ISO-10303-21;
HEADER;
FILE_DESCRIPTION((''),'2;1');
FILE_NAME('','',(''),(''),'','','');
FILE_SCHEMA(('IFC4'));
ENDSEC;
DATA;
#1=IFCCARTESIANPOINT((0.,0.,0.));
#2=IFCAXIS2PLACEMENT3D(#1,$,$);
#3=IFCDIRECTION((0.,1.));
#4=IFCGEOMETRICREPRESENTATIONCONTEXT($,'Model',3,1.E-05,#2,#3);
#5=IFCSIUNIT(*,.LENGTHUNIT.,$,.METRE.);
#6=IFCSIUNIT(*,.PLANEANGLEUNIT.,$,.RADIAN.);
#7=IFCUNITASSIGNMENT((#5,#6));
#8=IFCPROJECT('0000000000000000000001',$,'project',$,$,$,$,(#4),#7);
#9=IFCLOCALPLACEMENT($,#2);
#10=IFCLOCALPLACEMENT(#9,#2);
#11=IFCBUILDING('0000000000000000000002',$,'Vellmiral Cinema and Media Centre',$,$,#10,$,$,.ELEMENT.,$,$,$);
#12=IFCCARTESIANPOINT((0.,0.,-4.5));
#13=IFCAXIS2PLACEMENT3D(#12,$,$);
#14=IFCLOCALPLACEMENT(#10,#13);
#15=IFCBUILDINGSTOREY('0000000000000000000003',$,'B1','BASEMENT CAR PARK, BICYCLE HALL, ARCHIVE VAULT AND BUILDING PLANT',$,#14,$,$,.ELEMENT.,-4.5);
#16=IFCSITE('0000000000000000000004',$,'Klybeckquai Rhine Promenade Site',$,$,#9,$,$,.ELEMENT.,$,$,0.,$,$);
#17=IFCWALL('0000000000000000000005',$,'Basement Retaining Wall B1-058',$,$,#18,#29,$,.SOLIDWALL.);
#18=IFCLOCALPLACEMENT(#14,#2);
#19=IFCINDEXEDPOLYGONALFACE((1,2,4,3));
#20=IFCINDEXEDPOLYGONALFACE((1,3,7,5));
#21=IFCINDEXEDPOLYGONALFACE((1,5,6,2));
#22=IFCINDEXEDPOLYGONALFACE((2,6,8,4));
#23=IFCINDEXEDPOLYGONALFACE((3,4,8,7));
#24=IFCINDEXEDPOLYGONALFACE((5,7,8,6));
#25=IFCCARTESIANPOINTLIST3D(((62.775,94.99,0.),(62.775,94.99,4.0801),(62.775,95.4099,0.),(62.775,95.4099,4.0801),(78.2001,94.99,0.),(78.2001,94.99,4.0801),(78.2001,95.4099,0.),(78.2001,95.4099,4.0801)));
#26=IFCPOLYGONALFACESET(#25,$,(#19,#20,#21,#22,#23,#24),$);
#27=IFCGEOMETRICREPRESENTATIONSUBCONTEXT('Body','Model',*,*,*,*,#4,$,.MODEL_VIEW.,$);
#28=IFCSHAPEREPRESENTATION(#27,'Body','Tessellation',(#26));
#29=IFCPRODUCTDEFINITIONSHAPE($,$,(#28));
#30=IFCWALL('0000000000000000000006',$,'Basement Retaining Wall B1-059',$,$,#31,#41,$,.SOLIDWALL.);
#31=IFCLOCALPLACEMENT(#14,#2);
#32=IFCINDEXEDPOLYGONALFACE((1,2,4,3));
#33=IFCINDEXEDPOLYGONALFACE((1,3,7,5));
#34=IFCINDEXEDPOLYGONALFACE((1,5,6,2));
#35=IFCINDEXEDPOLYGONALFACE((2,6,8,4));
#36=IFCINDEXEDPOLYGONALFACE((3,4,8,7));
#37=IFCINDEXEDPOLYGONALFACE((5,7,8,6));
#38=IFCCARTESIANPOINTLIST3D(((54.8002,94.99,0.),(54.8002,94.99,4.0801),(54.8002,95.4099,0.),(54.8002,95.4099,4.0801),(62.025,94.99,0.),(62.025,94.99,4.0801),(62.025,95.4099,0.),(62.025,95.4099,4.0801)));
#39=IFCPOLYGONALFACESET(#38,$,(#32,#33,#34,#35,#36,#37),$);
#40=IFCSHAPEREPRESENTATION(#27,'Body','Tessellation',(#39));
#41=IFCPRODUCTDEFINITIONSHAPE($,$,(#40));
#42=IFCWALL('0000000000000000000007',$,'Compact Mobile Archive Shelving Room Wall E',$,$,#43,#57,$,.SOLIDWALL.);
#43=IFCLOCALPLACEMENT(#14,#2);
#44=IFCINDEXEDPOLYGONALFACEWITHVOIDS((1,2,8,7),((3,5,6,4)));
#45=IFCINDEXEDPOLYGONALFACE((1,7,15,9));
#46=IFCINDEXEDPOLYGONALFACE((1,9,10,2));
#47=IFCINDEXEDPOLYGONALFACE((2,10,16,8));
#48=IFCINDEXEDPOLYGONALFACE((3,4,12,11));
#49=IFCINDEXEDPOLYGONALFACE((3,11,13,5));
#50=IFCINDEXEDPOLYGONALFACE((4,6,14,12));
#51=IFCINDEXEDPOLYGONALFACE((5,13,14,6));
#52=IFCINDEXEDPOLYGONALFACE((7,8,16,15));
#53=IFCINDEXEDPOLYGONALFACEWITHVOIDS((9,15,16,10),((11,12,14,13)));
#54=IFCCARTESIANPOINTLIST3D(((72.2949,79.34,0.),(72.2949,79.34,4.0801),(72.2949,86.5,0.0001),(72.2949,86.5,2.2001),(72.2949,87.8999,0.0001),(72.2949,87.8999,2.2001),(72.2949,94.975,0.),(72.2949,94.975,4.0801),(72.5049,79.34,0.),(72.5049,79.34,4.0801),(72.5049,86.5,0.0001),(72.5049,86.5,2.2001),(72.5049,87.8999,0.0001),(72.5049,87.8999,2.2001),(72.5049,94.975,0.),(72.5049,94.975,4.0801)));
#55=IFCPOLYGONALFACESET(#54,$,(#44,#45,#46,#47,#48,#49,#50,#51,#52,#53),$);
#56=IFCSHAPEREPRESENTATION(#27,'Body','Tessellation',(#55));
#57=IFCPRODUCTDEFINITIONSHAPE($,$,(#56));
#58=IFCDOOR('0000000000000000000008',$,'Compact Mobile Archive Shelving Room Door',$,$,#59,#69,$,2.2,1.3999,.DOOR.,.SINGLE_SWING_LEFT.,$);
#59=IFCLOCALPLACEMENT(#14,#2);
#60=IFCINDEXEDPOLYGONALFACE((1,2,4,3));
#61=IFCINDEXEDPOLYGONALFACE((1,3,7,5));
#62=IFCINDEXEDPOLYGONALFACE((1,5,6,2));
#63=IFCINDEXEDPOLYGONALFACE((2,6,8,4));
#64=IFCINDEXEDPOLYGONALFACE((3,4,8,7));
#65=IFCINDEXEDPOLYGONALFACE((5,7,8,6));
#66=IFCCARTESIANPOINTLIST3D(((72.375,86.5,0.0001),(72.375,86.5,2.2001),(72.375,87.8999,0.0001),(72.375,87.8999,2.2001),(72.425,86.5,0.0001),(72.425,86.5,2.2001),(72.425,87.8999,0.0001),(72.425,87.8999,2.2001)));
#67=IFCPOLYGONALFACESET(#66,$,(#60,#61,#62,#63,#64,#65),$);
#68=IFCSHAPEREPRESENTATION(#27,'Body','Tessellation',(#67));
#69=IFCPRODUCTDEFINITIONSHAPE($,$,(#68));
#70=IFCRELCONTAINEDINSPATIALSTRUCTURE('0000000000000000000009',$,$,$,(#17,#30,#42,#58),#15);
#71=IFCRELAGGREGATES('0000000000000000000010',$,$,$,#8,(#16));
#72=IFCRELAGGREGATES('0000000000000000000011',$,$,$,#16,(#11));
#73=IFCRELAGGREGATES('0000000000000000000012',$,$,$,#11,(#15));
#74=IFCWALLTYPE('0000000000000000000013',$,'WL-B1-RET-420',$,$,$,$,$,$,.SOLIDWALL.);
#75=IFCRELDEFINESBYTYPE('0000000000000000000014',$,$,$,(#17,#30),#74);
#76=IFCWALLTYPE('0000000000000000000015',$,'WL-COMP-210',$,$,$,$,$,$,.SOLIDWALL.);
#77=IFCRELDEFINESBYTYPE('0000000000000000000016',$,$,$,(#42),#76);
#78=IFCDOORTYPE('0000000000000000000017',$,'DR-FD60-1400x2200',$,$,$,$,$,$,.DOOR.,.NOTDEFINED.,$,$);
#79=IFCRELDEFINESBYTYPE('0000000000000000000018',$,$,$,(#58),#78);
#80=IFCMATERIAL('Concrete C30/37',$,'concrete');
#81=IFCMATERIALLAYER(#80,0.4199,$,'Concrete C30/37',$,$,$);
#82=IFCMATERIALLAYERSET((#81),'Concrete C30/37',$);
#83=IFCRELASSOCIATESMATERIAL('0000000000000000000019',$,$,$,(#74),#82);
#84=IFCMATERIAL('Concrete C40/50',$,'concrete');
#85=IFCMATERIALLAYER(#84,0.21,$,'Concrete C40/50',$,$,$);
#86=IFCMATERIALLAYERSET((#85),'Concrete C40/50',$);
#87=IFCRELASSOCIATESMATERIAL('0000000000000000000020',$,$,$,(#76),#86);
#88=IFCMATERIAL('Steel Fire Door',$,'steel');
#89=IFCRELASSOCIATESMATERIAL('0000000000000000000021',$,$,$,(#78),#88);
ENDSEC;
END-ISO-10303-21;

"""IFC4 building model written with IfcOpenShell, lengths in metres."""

from ifc_helpers import new_model, si_unit, direction, frame, frame_2d, origin, place, context, subcontext, project, spatial, rectangle, extrude, material, layer, layer_set, type_object, element, fill, save


model = new_model("IFC4")

# Units and contexts
model_context = context("Model", 3, precision=1e-05, world=origin(), true_north=direction((0.0, 1.0)))
body_context = subcontext(model_context, "Body", "Model", "MODEL_VIEW")
ifc_project = project(units=[si_unit("LENGTHUNIT", "METRE"), si_unit("PLANEANGLEUNIT", "RADIAN")], contexts=[model_context])

# Site, building, storey
site_placement = place(None, origin())
site = spatial("IfcSite", under=ifc_project, at=site_placement, Name="Klybeckquai Rhine Promenade Site", CompositionType="ELEMENT", RefElevation=0.0)
building_placement = place(site_placement, origin())
building = spatial("IfcBuilding", under=site, at=building_placement, Name="Vellmiral Cinema and Media Centre", CompositionType="ELEMENT")
storey_placement = place(building_placement, frame((0.0, 0.0, -4.5)))
storey = spatial("IfcBuildingStorey", under=building, at=storey_placement, Name="B1", Description="BASEMENT CAR PARK, BICYCLE HALL, ARCHIVE VAULT AND BUILDING PLANT", CompositionType="ELEMENT", Elevation=-4.5)

# Walls
ifc_material_1 = material(Name="Concrete C30/37", Category="concrete")
ifc_layer_1 = layer(ifc_material_1, 0.4199, Name="Concrete C30/37")
ifc_layer_set_1 = layer_set([ifc_layer_1], Name="Concrete C30/37")
wall_type_1 = type_object("IfcWallType", Name="WL-B1-RET-420", PredefinedType="SOLIDWALL", material=ifc_layer_set_1)
wall_1_placement = place(storey_placement, frame((78.2, 95.2, 0.0), z_axis=(0.0, 0.0, 1.0), x_axis=(-1.0, 0.0, 0.0)))
element("IfcWall", 1, at=wall_1_placement, inside=storey, type_object=wall_type_1, Name="Basement Retaining Wall B1-058", PredefinedType="SOLIDWALL", context=body_context, shape_type="SweptSolid", body=[
    extrude(rectangle(XDim=15.425, YDim=0.4199, at=frame_2d((7.7124, 0.0))), origin(), (0.0, 0.0, 1.0), 4.0801),
])
wall_2_placement = place(storey_placement, frame((62.0249, 95.2, 0.0), z_axis=(0.0, 0.0, 1.0), x_axis=(-1.0, 0.0, 0.0)))
element("IfcWall", 2, at=wall_2_placement, inside=storey, type_object=wall_type_1, Name="Basement Retaining Wall B1-059", PredefinedType="SOLIDWALL", context=body_context, shape_type="SweptSolid", body=[
    extrude(rectangle(XDim=7.2249, YDim=0.4199, at=frame_2d((3.6123, 0.0))), origin(), (0.0, 0.0, 1.0), 4.0801),
])

# Wall, opening, door
ifc_material_2 = material(Name="Concrete C40/50", Category="concrete")
ifc_layer_2 = layer(ifc_material_2, 0.21, Name="Concrete C40/50")
ifc_layer_set_2 = layer_set([ifc_layer_2], Name="Concrete C40/50")
wall_type_2 = type_object("IfcWallType", Name="WL-COMP-210", PredefinedType="SOLIDWALL", material=ifc_layer_set_2)
wall_3_placement = place(storey_placement, frame((72.3999, 79.3401, 0.0), z_axis=(0.0, 0.0, 1.0), x_axis=(0.0, 1.0, 0.0)))
wall_3 = element("IfcWall", 3, at=wall_3_placement, inside=storey, type_object=wall_type_2, Name="Compact Mobile Archive Shelving Room Wall E", PredefinedType="SOLIDWALL", context=body_context, shape_type="SweptSolid", body=[
    extrude(rectangle(XDim=15.635, YDim=0.21, at=frame_2d((7.8174, 0.0))), origin(), (0.0, 0.0, 1.0), 4.0801),
])
opening_placement = place(wall_3_placement, frame((7.1599, 0.0, 0.0)))
opening = element("IfcOpeningElement", 4, at=opening_placement, cuts=wall_3, PredefinedType="OPENING", context=body_context, shape_type="SweptSolid", body=[
    extrude(rectangle(XDim=1.3999, YDim=2.2, at=frame_2d((0.7, 1.1001))), frame((0.0, 0.1169, 0.0), z_axis=(0.0, -1.0, 0.0), x_axis=(1.0, 0.0, 0.0)), (0.0, 0.0, 1.0), 0.2339),
])
ifc_material_3 = material(Name="Steel Fire Door", Category="steel")
door_type = type_object("IfcDoorType", Name="DR-FD60-1400x2200", OperationType="NOTDEFINED", PredefinedType="DOOR", material=ifc_material_3)
door_placement = place(opening_placement, origin())
door = element("IfcDoor", 5, at=door_placement, inside=storey, type_object=door_type, Name="Compact Mobile Archive Shelving Room Door", OperationType="SINGLE_SWING_LEFT", OverallHeight=2.2, OverallWidth=1.3999, PredefinedType="DOOR", context=body_context, shape_type="SweptSolid", body=[
    extrude(rectangle(XDim=1.3999, YDim=2.2, at=frame_2d((0.7, 1.1001))), frame((0.0, 0.0249, 0.0), z_axis=(0.0, -1.0, 0.0), x_axis=(1.0, 0.0, 0.0)), (0.0, 0.0, 1.0), 0.05),
])
fill(opening, door)

save(model, "model.ifc")
